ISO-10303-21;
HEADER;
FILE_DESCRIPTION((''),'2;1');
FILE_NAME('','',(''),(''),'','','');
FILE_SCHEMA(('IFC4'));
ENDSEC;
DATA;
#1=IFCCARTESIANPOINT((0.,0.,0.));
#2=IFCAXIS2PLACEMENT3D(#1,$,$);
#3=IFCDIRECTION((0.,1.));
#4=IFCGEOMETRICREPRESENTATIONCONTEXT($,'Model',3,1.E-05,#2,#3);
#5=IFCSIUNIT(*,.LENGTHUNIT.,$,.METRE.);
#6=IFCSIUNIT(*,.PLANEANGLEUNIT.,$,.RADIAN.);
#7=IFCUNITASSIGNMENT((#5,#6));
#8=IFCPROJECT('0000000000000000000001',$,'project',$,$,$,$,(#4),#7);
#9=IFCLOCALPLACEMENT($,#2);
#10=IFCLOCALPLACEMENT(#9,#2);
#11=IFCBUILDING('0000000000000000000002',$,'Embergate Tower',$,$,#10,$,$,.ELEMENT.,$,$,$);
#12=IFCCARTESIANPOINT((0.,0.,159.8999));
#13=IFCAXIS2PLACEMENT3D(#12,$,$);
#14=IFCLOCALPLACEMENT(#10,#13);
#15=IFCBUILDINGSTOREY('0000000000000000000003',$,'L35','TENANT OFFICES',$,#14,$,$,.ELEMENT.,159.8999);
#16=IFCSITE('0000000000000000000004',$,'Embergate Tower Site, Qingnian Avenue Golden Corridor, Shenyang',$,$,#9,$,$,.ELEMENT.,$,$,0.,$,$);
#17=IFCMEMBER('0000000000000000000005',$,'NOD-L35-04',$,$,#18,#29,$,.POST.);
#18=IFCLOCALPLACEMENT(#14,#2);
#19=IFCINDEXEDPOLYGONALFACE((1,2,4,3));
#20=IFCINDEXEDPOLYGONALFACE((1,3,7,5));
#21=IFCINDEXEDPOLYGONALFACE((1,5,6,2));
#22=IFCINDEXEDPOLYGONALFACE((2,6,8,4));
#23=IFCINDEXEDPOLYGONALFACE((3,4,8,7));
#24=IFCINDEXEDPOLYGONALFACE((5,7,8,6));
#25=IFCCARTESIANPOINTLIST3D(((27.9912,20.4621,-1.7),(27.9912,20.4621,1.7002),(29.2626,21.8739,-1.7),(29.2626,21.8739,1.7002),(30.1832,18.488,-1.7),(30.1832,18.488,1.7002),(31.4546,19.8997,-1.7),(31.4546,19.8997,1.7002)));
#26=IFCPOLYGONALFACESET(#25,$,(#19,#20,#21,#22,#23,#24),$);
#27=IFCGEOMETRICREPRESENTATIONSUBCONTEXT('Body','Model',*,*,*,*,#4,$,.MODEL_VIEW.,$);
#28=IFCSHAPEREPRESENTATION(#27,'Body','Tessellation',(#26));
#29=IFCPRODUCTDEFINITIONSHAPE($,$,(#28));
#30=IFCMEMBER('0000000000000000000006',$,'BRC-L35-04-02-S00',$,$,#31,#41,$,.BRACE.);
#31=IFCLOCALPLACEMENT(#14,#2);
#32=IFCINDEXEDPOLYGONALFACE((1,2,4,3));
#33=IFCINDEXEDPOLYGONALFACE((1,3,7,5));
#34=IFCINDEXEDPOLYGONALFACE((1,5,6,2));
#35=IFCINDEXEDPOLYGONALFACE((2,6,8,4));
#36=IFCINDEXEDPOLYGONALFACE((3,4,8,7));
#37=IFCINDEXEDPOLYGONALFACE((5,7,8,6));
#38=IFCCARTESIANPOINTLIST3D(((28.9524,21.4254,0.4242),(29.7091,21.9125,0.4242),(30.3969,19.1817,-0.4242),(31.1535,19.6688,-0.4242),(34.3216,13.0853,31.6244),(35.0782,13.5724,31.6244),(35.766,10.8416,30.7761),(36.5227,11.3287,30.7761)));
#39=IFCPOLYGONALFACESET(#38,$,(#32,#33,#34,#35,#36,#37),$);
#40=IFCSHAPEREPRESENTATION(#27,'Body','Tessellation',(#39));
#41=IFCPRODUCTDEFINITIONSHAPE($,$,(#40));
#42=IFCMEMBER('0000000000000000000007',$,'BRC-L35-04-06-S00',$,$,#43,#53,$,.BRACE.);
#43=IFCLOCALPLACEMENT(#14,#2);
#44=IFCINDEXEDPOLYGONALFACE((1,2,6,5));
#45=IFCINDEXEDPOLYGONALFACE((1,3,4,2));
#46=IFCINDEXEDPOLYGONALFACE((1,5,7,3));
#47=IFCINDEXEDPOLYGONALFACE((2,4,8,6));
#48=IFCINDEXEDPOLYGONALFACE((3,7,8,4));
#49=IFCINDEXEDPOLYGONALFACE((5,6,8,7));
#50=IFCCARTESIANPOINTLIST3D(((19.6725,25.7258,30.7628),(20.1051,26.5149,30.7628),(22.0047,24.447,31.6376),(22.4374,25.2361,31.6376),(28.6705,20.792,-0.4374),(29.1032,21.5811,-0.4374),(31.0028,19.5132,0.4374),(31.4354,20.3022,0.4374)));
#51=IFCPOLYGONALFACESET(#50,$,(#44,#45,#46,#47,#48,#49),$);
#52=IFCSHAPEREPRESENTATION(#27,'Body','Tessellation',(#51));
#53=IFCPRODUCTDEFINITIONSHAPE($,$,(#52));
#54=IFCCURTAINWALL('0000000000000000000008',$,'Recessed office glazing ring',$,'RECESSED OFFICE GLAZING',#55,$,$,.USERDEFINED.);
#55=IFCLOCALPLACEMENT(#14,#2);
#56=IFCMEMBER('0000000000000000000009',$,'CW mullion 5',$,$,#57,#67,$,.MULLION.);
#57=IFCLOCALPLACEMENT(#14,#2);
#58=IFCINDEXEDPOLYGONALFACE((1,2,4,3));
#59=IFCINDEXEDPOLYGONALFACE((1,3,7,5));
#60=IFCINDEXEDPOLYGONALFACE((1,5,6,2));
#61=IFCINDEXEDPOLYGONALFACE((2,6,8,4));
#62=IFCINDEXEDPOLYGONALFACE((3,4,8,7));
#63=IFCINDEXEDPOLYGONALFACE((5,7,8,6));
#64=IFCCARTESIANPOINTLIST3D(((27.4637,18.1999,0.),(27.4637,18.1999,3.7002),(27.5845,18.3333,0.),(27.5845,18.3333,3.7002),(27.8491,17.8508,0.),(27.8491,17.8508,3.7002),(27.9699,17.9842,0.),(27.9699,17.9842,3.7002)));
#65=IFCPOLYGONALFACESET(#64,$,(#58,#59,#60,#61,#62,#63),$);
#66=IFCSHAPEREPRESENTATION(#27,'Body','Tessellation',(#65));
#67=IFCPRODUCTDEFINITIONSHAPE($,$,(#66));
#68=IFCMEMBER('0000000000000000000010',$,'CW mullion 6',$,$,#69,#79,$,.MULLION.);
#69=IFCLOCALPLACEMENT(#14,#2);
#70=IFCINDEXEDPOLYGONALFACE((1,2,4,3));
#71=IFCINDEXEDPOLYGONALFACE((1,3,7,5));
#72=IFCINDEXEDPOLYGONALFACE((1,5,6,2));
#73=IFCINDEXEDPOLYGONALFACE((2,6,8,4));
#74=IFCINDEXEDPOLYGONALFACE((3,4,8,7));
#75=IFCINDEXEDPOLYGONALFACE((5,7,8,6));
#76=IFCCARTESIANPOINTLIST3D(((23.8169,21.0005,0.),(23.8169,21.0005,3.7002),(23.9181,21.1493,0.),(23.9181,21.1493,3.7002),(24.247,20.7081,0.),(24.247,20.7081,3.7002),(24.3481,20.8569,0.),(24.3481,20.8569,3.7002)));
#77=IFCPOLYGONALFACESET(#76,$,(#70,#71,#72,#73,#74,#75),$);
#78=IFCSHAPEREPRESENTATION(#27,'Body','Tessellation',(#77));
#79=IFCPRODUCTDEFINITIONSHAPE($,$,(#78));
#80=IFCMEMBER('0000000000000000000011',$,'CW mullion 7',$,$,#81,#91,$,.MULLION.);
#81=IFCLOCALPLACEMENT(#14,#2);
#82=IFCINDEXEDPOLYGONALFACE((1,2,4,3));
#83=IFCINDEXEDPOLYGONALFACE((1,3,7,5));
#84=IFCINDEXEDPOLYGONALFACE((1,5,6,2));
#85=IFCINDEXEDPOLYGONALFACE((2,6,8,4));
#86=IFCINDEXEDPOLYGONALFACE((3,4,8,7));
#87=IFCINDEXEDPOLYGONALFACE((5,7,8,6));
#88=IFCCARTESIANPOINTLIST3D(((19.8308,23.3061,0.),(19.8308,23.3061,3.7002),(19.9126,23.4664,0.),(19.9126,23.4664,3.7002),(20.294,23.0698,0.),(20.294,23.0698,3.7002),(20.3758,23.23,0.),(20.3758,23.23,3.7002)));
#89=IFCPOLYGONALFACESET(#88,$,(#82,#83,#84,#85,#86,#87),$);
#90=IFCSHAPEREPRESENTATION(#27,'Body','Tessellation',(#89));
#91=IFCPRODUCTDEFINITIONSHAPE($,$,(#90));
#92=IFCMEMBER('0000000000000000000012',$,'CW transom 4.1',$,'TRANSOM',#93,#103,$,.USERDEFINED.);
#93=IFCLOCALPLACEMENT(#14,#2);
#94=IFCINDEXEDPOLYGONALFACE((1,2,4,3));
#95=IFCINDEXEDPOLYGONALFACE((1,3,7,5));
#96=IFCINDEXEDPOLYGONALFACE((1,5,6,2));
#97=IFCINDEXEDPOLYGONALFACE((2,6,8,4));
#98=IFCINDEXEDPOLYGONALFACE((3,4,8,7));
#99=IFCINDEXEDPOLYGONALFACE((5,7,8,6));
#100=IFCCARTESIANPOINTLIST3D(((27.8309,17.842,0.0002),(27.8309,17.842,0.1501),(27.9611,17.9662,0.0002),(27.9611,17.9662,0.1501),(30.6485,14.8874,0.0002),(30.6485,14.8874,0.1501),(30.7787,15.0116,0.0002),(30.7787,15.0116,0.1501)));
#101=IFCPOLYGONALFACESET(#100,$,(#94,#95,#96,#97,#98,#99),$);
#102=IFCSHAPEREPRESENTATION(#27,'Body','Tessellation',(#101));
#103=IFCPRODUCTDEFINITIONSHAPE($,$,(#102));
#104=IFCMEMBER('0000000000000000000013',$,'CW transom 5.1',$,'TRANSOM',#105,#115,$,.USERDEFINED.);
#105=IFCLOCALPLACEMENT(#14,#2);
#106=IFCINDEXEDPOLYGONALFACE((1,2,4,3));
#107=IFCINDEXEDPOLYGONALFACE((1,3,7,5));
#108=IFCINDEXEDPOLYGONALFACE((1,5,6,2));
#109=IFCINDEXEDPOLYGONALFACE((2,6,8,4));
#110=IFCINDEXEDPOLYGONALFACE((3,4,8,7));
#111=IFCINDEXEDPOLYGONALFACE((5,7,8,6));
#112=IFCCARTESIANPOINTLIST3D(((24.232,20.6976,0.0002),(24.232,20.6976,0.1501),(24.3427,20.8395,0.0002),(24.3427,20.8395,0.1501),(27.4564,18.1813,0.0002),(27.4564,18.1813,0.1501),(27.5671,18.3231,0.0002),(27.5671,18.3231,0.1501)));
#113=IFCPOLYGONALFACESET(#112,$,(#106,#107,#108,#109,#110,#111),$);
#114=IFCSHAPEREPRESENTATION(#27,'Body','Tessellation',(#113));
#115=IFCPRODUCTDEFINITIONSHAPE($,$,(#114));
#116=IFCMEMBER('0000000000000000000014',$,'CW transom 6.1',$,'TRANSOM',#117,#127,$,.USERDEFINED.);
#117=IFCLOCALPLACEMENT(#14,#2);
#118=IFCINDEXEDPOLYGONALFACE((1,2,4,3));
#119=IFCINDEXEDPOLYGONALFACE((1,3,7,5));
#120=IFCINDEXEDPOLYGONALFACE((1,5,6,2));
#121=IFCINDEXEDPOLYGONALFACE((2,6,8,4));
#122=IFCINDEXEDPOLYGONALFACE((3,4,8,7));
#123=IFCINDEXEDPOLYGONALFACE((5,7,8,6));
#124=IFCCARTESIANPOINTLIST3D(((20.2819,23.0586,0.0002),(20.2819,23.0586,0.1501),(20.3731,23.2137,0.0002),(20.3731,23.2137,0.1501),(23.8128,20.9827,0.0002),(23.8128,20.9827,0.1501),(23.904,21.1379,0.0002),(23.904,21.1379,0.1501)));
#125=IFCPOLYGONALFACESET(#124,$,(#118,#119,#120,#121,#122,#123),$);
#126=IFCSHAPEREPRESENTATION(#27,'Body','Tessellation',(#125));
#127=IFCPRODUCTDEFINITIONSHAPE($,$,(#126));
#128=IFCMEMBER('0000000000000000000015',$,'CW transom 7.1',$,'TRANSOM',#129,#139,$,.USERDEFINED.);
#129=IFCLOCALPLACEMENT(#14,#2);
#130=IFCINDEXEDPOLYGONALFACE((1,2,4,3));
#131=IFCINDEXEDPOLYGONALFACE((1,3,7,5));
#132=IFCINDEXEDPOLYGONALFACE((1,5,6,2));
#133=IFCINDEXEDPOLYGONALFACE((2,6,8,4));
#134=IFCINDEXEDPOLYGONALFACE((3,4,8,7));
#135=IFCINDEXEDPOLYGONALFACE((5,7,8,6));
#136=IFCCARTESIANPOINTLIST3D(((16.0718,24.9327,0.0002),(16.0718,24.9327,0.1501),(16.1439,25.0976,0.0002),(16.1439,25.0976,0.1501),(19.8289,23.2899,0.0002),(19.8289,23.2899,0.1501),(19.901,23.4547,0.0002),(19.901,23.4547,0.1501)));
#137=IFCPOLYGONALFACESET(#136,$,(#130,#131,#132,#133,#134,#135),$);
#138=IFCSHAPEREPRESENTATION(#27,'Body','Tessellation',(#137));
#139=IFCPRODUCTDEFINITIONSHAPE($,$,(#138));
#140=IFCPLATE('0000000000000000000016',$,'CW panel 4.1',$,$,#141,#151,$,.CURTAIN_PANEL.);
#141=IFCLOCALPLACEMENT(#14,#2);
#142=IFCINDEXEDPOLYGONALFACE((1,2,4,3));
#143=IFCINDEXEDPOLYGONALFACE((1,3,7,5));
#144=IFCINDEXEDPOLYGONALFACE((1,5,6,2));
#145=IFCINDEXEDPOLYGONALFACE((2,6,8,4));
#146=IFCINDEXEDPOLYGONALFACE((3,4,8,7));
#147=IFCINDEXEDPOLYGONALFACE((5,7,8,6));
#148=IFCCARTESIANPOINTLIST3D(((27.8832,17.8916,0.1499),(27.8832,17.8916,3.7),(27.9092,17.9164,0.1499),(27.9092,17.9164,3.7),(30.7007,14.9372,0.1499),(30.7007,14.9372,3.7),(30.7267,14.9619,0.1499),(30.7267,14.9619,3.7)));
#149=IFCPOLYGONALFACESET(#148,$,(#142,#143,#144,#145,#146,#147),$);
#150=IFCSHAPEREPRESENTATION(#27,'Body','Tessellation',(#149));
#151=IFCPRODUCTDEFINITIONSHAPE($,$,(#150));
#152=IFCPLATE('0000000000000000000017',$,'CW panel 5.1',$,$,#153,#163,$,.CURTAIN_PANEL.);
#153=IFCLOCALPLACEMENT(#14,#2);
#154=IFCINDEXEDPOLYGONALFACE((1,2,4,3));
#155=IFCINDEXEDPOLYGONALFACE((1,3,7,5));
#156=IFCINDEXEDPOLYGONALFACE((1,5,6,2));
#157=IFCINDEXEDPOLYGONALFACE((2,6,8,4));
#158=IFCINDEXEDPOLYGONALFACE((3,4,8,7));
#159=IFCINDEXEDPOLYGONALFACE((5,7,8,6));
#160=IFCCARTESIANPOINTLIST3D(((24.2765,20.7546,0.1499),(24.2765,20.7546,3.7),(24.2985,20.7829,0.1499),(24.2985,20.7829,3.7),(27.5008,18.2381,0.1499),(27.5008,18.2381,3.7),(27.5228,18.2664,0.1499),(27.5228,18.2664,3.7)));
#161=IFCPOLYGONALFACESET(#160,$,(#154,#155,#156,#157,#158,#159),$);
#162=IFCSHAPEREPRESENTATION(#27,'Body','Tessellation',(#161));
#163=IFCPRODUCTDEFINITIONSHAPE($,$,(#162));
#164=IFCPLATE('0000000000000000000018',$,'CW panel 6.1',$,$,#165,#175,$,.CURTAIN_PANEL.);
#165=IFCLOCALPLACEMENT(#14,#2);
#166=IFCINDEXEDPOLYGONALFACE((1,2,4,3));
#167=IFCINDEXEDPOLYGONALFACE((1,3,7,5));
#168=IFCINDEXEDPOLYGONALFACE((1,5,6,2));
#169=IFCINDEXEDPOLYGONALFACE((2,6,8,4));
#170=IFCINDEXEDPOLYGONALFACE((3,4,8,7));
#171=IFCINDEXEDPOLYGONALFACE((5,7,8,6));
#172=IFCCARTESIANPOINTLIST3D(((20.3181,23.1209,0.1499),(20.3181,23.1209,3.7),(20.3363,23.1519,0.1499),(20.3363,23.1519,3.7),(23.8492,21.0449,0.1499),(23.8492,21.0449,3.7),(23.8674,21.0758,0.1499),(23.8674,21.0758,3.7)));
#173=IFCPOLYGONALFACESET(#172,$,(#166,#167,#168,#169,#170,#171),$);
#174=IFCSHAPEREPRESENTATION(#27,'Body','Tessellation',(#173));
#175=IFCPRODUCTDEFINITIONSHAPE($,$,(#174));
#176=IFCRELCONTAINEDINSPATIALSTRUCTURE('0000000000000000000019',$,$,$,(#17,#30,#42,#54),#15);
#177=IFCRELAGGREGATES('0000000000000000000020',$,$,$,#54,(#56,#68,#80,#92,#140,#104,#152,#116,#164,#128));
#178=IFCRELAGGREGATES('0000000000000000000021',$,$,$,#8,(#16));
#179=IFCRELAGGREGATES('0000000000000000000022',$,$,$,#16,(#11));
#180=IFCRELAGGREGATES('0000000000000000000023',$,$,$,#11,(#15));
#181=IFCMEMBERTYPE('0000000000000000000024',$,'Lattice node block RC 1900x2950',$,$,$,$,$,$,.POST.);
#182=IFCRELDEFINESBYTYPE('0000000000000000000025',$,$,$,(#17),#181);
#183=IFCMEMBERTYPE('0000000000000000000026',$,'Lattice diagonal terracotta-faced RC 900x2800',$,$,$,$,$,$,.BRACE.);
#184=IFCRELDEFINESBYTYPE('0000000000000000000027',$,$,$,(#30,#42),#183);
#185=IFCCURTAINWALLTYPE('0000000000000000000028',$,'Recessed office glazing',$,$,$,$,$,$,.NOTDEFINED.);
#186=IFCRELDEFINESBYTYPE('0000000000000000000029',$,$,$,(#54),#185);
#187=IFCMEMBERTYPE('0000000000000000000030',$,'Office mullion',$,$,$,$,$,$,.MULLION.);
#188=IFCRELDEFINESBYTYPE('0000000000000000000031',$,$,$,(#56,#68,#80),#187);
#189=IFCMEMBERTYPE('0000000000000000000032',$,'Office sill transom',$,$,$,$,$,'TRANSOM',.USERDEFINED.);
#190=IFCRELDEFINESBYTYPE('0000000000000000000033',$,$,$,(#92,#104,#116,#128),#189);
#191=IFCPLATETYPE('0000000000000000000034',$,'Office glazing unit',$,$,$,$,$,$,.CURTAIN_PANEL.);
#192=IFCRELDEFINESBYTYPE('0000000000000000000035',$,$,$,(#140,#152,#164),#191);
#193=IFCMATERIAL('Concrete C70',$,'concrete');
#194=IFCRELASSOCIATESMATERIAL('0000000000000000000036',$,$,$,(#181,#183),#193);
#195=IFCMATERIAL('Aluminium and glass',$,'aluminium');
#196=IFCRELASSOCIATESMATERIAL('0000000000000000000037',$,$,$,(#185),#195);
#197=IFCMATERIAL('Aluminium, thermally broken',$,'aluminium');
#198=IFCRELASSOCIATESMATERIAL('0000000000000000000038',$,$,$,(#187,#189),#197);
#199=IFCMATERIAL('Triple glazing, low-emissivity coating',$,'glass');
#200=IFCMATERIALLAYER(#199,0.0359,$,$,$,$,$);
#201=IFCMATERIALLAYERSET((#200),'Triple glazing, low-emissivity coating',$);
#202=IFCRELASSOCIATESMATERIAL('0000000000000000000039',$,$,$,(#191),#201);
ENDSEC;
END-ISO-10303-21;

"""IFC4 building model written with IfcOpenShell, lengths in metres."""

from ifc_helpers import new_model, si_unit, direction, frame, origin, origin_2d, place, context, subcontext, project, spatial, rectangle, extrude, source, transform, mapped, material, layer, layer_set, material_profile, profile_set, type_object, element, aggregate, save


model = new_model("IFC4")

# Units and contexts
model_context = context("Model", 3, precision=1e-05, world=origin(), true_north=direction((0.0, 1.0)))
body_context = subcontext(model_context, "Body", "Model", "MODEL_VIEW")
ifc_project = project(units=[si_unit("LENGTHUNIT", "METRE"), si_unit("PLANEANGLEUNIT", "RADIAN")], contexts=[model_context])

# Site, building, storey
site_placement = place(None, origin())
site = spatial("IfcSite", under=ifc_project, at=site_placement, Name="Embergate Tower Site, Qingnian Avenue Golden Corridor, Shenyang", CompositionType="ELEMENT", RefElevation=0.0)
building_placement = place(site_placement, origin())
building = spatial("IfcBuilding", under=site, at=building_placement, Name="Embergate Tower", CompositionType="ELEMENT")
storey_placement = place(building_placement, frame((0.0, 0.0, 159.8999)))
storey = spatial("IfcBuildingStorey", under=building, at=storey_placement, Name="L35", Description="TENANT OFFICES", CompositionType="ELEMENT", Elevation=159.8999)

# Shared definitions
ifc_material_1 = material(Name="Concrete C70", Category="concrete")

# Members
ifc_material_profile_1 = material_profile(ifc_material_1, rectangle(XDim=1.8999, YDim=2.95, at=origin_2d()), Name="RC 1900x2950")
ifc_profile_set_1 = profile_set([ifc_material_profile_1], Name="Concrete C70")
member_type_1 = type_object("IfcMemberType", Name="Lattice node block RC 1900x2950", PredefinedType="POST", material=ifc_profile_set_1)
shared_shape_1 = source(origin(), body_context, "Body", "SweptSolid", [
    extrude(rectangle(XDim=1.8999, YDim=2.95, at=origin_2d()), origin(), (0.0, 0.0, 1.0), 3.4001),
])
member_1_placement = place(storey_placement, frame((29.7229, 20.1809, -1.7), z_axis=(0.0, 0.0, 1.0), x_axis=(0.669208, 0.743075, 0.0)))
element("IfcMember", 1, at=member_1_placement, inside=storey, type_object=member_type_1, Name="NOD-L35-04", PredefinedType="POST", context=body_context, shape_type="MappedRepresentation", body=[
    mapped(shared_shape_1, transform((0.0, 0.0, 0.0))),
])
ifc_material_profile_2 = material_profile(ifc_material_1, rectangle(XDim=0.8999, YDim=2.8, at=origin_2d()), Name="RC 900x2800")
ifc_profile_set_2 = profile_set([ifc_material_profile_2], Name="Concrete C70")
member_type_2 = type_object("IfcMemberType", Name="Lattice diagonal terracotta-faced RC 900x2800", PredefinedType="BRACE", material=ifc_profile_set_2)
shared_shape_2 = source(origin(), body_context, "Body", "SweptSolid", [
    extrude(rectangle(XDim=0.8999, YDim=2.8, at=origin_2d()), origin(), (0.0, 0.0, 1.0), 32.739),
])
member_2_placement = place(storey_placement, frame((30.053, 20.5471, 0.0), z_axis=(0.163999, -0.254745, 0.953), x_axis=(0.840827, 0.541304, 0.0)))
element("IfcMember", 2, at=member_2_placement, inside=storey, type_object=member_type_2, Name="BRC-L35-04-02-S00", PredefinedType="BRACE", context=body_context, shape_type="MappedRepresentation", body=[
    mapped(shared_shape_2, transform((0.0, 0.0, 0.0))),
])
shared_shape_3 = source(origin(), body_context, "Body", "SweptSolid", [
    extrude(rectangle(XDim=0.8999, YDim=2.8, at=origin_2d()), origin(), (0.0, 0.0, 1.0), 32.8445),
])
member_3_placement = place(storey_placement, frame((30.053, 20.5471, 0.0), z_axis=(-0.273959, 0.150218, 0.949937), x_axis=(-0.48079, -0.876836, 0.0)))
element("IfcMember", 3, at=member_3_placement, inside=storey, type_object=member_type_2, Name="BRC-L35-04-06-S00", PredefinedType="BRACE", context=body_context, shape_type="MappedRepresentation", body=[
    mapped(shared_shape_3, transform((0.0, 0.0, 0.0))),
])

# Curtain wall, members, plates
ifc_material_2 = material(Name="Aluminium and glass", Category="aluminium")
curtain_wall_type = type_object("IfcCurtainWallType", Name="Recessed office glazing", PredefinedType="NOTDEFINED", material=ifc_material_2)
curtain_wall_placement = place(storey_placement, origin())
curtain_wall = element("IfcCurtainWall", 4, at=curtain_wall_placement, inside=storey, type_object=curtain_wall_type, Name="Recessed office glazing ring", ObjectType="RECESSED OFFICE GLAZING", PredefinedType="USERDEFINED")
ifc_material_3 = material(Name="Aluminium, thermally broken", Category="aluminium")
ifc_material_profile_3 = material_profile(ifc_material_3, rectangle(XDim=0.1799, YDim=0.52, at=origin_2d()), Name="AL 520x180")
ifc_profile_set_3 = profile_set([ifc_material_profile_3], Name="Aluminium, thermally broken")
member_type_3 = type_object("IfcMemberType", Name="Office mullion", PredefinedType="MULLION", material=ifc_profile_set_3)
shared_shape_4 = source(origin(), body_context, "Body", "SweptSolid", [
    extrude(rectangle(XDim=0.1799, YDim=0.52, at=origin_2d()), origin(), (0.0, 0.0, 1.0), 3.7002),
])
member_4_placement = place(storey_placement, frame((27.7168, 18.092, 0.0), z_axis=(0.0, 0.0, 1.0), x_axis=(-0.671227, -0.741252, 0.0)))
member_4 = element("IfcMember", 5, at=member_4_placement, type_object=member_type_3, Name="CW mullion 5", PredefinedType="MULLION", context=body_context, shape_type="MappedRepresentation", body=[
    mapped(shared_shape_4, transform((0.0, 0.0, 0.0))),
])
member_5_placement = place(storey_placement, frame((24.0825, 20.9287, 0.0), z_axis=(0.0, 0.0, 1.0), x_axis=(-0.562216, -0.82699, 0.0)))
member_5 = element("IfcMember", 6, at=member_5_placement, type_object=member_type_3, Name="CW mullion 6", PredefinedType="MULLION", context=body_context, shape_type="MappedRepresentation", body=[
    mapped(shared_shape_4, transform((0.0, 0.0, 0.0))),
])
member_6_placement = place(storey_placement, frame((20.1033, 23.2681, 0.0), z_axis=(0.0, 0.0, 1.0), x_axis=(-0.45451, -0.890742, 0.0)))
member_6 = element("IfcMember", 7, at=member_6_placement, type_object=member_type_3, Name="CW mullion 7", PredefinedType="MULLION", context=body_context, shape_type="MappedRepresentation", body=[
    mapped(shared_shape_4, transform((0.0, 0.0, 0.0))),
])
ifc_material_profile_4 = material_profile(ifc_material_3, rectangle(XDim=0.1799, YDim=0.1499, at=origin_2d()), Name="AL 150x180")
ifc_profile_set_4 = profile_set([ifc_material_profile_4], Name="Aluminium, thermally broken")
member_type_4 = type_object("IfcMemberType", Name="Office sill transom", ElementType="TRANSOM", PredefinedType="USERDEFINED", material=ifc_profile_set_4)
shared_shape_5 = source(origin(), body_context, "Body", "SweptSolid", [
    extrude(rectangle(XDim=0.1799, YDim=0.1499, at=origin_2d()), origin(), (0.0, 0.0, 1.0), 4.0828),
])
member_7_placement = place(storey_placement, frame((30.7136, 14.9495, 0.0752), z_axis=(-0.690134, 0.723681, 0.0), x_axis=(-0.723681, -0.690134, 0.0)))
member_7 = element("IfcMember", 8, at=member_7_placement, type_object=member_type_4, Name="CW transom 4.1", ObjectType="TRANSOM", PredefinedType="USERDEFINED", context=body_context, shape_type="MappedRepresentation", body=[
    mapped(shared_shape_5, transform((0.0, 0.0, 0.0))),
])
shared_shape_6 = source(origin(), body_context, "Body", "SweptSolid", [
    extrude(rectangle(XDim=0.1799, YDim=0.1499, at=origin_2d()), origin(), (0.0, 0.0, 1.0), 4.0901),
])
member_8_placement = place(storey_placement, frame((27.5117, 18.2522, 0.0752), z_axis=(-0.788342, 0.615237, 0.0), x_axis=(-0.615237, -0.788342, 0.0)))
member_8 = element("IfcMember", 9, at=member_8_placement, type_object=member_type_4, Name="CW transom 5.1", ObjectType="TRANSOM", PredefinedType="USERDEFINED", context=body_context, shape_type="MappedRepresentation", body=[
    mapped(shared_shape_6, transform((0.0, 0.0, 0.0))),
])
shared_shape_7 = source(origin(), body_context, "Body", "SweptSolid", [
    extrude(rectangle(XDim=0.1799, YDim=0.1499, at=origin_2d()), origin(), (0.0, 0.0, 1.0), 4.0959),
])
member_9_placement = place(storey_placement, frame((23.8584, 21.0603, 0.0752), z_axis=(-0.862055, 0.506814, 0.0), x_axis=(-0.506814, -0.862055, 0.0)))
member_9 = element("IfcMember", 10, at=member_9_placement, type_object=member_type_4, Name="CW transom 6.1", ObjectType="TRANSOM", PredefinedType="USERDEFINED", context=body_context, shape_type="MappedRepresentation", body=[
    mapped(shared_shape_7, transform((0.0, 0.0, 0.0))),
])
shared_shape_8 = source(origin(), body_context, "Body", "SweptSolid", [
    extrude(rectangle(XDim=0.1799, YDim=0.1499, at=origin_2d()), origin(), (0.0, 0.0, 1.0), 4.1006),
])
member_10_placement = place(storey_placement, frame((19.865, 23.3723, 0.0752), z_axis=(-0.916238, 0.400635, 0.0), x_axis=(-0.400635, -0.916238, 0.0)))
member_10 = element("IfcMember", 11, at=member_10_placement, type_object=member_type_4, Name="CW transom 7.1", ObjectType="TRANSOM", PredefinedType="USERDEFINED", context=body_context, shape_type="MappedRepresentation", body=[
    mapped(shared_shape_8, transform((0.0, 0.0, 0.0))),
])
ifc_material_4 = material(Name="Triple glazing, low-emissivity coating", Category="glass")
ifc_layer = layer(ifc_material_4, 0.0359)
ifc_layer_set = layer_set([ifc_layer], Name="Triple glazing, low-emissivity coating")
plate_type = type_object("IfcPlateType", Name="Office glazing unit", PredefinedType="CURTAIN_PANEL", material=ifc_layer_set)
shared_shape_9 = source(origin(), body_context, "Body", "SweptSolid", [
    extrude(rectangle(XDim=4.0825, YDim=0.0359, at=origin_2d()), origin(), (0.0, 0.0, 1.0), 3.55),
])
plate_1_placement = place(storey_placement, frame((29.3049, 16.4268, 0.1499), z_axis=(0.0, 0.0, 1.0), x_axis=(-0.690135, 0.723681, 0.0)))
plate_1 = element("IfcPlate", 12, at=plate_1_placement, type_object=plate_type, Name="CW panel 4.1", PredefinedType="CURTAIN_PANEL", context=body_context, shape_type="MappedRepresentation", body=[
    mapped(shared_shape_9, transform((0.0, 0.0, 0.0))),
])
shared_shape_10 = source(origin(), body_context, "Body", "SweptSolid", [
    extrude(rectangle(XDim=4.0901, YDim=0.0359, at=origin_2d()), origin(), (0.0, 0.0, 1.0), 3.55),
])
plate_2_placement = place(storey_placement, frame((25.8997, 19.5105, 0.1499), z_axis=(0.0, 0.0, 1.0), x_axis=(-0.78832, 0.615265, 0.0)))
plate_2 = element("IfcPlate", 13, at=plate_2_placement, type_object=plate_type, Name="CW panel 5.1", PredefinedType="CURTAIN_PANEL", context=body_context, shape_type="MappedRepresentation", body=[
    mapped(shared_shape_10, transform((0.0, 0.0, 0.0))),
])
shared_shape_11 = source(origin(), body_context, "Body", "SweptSolid", [
    extrude(rectangle(XDim=4.0962, YDim=0.0359, at=origin_2d()), origin(), (0.0, 0.0, 1.0), 3.55),
])
plate_3_placement = place(storey_placement, frame((22.0928, 22.0984, 0.1499), z_axis=(0.0, 0.0, 1.0), x_axis=(-0.862053, 0.506818, 0.0)))
plate_3 = element("IfcPlate", 14, at=plate_3_placement, type_object=plate_type, Name="CW panel 6.1", PredefinedType="CURTAIN_PANEL", context=body_context, shape_type="MappedRepresentation", body=[
    mapped(shared_shape_11, transform((0.0, 0.0, 0.0))),
])
aggregate(curtain_wall, [member_4, member_5, member_6, member_7, plate_1, member_8, plate_2, member_9, plate_3, member_10])

save(model, "model.ifc")
